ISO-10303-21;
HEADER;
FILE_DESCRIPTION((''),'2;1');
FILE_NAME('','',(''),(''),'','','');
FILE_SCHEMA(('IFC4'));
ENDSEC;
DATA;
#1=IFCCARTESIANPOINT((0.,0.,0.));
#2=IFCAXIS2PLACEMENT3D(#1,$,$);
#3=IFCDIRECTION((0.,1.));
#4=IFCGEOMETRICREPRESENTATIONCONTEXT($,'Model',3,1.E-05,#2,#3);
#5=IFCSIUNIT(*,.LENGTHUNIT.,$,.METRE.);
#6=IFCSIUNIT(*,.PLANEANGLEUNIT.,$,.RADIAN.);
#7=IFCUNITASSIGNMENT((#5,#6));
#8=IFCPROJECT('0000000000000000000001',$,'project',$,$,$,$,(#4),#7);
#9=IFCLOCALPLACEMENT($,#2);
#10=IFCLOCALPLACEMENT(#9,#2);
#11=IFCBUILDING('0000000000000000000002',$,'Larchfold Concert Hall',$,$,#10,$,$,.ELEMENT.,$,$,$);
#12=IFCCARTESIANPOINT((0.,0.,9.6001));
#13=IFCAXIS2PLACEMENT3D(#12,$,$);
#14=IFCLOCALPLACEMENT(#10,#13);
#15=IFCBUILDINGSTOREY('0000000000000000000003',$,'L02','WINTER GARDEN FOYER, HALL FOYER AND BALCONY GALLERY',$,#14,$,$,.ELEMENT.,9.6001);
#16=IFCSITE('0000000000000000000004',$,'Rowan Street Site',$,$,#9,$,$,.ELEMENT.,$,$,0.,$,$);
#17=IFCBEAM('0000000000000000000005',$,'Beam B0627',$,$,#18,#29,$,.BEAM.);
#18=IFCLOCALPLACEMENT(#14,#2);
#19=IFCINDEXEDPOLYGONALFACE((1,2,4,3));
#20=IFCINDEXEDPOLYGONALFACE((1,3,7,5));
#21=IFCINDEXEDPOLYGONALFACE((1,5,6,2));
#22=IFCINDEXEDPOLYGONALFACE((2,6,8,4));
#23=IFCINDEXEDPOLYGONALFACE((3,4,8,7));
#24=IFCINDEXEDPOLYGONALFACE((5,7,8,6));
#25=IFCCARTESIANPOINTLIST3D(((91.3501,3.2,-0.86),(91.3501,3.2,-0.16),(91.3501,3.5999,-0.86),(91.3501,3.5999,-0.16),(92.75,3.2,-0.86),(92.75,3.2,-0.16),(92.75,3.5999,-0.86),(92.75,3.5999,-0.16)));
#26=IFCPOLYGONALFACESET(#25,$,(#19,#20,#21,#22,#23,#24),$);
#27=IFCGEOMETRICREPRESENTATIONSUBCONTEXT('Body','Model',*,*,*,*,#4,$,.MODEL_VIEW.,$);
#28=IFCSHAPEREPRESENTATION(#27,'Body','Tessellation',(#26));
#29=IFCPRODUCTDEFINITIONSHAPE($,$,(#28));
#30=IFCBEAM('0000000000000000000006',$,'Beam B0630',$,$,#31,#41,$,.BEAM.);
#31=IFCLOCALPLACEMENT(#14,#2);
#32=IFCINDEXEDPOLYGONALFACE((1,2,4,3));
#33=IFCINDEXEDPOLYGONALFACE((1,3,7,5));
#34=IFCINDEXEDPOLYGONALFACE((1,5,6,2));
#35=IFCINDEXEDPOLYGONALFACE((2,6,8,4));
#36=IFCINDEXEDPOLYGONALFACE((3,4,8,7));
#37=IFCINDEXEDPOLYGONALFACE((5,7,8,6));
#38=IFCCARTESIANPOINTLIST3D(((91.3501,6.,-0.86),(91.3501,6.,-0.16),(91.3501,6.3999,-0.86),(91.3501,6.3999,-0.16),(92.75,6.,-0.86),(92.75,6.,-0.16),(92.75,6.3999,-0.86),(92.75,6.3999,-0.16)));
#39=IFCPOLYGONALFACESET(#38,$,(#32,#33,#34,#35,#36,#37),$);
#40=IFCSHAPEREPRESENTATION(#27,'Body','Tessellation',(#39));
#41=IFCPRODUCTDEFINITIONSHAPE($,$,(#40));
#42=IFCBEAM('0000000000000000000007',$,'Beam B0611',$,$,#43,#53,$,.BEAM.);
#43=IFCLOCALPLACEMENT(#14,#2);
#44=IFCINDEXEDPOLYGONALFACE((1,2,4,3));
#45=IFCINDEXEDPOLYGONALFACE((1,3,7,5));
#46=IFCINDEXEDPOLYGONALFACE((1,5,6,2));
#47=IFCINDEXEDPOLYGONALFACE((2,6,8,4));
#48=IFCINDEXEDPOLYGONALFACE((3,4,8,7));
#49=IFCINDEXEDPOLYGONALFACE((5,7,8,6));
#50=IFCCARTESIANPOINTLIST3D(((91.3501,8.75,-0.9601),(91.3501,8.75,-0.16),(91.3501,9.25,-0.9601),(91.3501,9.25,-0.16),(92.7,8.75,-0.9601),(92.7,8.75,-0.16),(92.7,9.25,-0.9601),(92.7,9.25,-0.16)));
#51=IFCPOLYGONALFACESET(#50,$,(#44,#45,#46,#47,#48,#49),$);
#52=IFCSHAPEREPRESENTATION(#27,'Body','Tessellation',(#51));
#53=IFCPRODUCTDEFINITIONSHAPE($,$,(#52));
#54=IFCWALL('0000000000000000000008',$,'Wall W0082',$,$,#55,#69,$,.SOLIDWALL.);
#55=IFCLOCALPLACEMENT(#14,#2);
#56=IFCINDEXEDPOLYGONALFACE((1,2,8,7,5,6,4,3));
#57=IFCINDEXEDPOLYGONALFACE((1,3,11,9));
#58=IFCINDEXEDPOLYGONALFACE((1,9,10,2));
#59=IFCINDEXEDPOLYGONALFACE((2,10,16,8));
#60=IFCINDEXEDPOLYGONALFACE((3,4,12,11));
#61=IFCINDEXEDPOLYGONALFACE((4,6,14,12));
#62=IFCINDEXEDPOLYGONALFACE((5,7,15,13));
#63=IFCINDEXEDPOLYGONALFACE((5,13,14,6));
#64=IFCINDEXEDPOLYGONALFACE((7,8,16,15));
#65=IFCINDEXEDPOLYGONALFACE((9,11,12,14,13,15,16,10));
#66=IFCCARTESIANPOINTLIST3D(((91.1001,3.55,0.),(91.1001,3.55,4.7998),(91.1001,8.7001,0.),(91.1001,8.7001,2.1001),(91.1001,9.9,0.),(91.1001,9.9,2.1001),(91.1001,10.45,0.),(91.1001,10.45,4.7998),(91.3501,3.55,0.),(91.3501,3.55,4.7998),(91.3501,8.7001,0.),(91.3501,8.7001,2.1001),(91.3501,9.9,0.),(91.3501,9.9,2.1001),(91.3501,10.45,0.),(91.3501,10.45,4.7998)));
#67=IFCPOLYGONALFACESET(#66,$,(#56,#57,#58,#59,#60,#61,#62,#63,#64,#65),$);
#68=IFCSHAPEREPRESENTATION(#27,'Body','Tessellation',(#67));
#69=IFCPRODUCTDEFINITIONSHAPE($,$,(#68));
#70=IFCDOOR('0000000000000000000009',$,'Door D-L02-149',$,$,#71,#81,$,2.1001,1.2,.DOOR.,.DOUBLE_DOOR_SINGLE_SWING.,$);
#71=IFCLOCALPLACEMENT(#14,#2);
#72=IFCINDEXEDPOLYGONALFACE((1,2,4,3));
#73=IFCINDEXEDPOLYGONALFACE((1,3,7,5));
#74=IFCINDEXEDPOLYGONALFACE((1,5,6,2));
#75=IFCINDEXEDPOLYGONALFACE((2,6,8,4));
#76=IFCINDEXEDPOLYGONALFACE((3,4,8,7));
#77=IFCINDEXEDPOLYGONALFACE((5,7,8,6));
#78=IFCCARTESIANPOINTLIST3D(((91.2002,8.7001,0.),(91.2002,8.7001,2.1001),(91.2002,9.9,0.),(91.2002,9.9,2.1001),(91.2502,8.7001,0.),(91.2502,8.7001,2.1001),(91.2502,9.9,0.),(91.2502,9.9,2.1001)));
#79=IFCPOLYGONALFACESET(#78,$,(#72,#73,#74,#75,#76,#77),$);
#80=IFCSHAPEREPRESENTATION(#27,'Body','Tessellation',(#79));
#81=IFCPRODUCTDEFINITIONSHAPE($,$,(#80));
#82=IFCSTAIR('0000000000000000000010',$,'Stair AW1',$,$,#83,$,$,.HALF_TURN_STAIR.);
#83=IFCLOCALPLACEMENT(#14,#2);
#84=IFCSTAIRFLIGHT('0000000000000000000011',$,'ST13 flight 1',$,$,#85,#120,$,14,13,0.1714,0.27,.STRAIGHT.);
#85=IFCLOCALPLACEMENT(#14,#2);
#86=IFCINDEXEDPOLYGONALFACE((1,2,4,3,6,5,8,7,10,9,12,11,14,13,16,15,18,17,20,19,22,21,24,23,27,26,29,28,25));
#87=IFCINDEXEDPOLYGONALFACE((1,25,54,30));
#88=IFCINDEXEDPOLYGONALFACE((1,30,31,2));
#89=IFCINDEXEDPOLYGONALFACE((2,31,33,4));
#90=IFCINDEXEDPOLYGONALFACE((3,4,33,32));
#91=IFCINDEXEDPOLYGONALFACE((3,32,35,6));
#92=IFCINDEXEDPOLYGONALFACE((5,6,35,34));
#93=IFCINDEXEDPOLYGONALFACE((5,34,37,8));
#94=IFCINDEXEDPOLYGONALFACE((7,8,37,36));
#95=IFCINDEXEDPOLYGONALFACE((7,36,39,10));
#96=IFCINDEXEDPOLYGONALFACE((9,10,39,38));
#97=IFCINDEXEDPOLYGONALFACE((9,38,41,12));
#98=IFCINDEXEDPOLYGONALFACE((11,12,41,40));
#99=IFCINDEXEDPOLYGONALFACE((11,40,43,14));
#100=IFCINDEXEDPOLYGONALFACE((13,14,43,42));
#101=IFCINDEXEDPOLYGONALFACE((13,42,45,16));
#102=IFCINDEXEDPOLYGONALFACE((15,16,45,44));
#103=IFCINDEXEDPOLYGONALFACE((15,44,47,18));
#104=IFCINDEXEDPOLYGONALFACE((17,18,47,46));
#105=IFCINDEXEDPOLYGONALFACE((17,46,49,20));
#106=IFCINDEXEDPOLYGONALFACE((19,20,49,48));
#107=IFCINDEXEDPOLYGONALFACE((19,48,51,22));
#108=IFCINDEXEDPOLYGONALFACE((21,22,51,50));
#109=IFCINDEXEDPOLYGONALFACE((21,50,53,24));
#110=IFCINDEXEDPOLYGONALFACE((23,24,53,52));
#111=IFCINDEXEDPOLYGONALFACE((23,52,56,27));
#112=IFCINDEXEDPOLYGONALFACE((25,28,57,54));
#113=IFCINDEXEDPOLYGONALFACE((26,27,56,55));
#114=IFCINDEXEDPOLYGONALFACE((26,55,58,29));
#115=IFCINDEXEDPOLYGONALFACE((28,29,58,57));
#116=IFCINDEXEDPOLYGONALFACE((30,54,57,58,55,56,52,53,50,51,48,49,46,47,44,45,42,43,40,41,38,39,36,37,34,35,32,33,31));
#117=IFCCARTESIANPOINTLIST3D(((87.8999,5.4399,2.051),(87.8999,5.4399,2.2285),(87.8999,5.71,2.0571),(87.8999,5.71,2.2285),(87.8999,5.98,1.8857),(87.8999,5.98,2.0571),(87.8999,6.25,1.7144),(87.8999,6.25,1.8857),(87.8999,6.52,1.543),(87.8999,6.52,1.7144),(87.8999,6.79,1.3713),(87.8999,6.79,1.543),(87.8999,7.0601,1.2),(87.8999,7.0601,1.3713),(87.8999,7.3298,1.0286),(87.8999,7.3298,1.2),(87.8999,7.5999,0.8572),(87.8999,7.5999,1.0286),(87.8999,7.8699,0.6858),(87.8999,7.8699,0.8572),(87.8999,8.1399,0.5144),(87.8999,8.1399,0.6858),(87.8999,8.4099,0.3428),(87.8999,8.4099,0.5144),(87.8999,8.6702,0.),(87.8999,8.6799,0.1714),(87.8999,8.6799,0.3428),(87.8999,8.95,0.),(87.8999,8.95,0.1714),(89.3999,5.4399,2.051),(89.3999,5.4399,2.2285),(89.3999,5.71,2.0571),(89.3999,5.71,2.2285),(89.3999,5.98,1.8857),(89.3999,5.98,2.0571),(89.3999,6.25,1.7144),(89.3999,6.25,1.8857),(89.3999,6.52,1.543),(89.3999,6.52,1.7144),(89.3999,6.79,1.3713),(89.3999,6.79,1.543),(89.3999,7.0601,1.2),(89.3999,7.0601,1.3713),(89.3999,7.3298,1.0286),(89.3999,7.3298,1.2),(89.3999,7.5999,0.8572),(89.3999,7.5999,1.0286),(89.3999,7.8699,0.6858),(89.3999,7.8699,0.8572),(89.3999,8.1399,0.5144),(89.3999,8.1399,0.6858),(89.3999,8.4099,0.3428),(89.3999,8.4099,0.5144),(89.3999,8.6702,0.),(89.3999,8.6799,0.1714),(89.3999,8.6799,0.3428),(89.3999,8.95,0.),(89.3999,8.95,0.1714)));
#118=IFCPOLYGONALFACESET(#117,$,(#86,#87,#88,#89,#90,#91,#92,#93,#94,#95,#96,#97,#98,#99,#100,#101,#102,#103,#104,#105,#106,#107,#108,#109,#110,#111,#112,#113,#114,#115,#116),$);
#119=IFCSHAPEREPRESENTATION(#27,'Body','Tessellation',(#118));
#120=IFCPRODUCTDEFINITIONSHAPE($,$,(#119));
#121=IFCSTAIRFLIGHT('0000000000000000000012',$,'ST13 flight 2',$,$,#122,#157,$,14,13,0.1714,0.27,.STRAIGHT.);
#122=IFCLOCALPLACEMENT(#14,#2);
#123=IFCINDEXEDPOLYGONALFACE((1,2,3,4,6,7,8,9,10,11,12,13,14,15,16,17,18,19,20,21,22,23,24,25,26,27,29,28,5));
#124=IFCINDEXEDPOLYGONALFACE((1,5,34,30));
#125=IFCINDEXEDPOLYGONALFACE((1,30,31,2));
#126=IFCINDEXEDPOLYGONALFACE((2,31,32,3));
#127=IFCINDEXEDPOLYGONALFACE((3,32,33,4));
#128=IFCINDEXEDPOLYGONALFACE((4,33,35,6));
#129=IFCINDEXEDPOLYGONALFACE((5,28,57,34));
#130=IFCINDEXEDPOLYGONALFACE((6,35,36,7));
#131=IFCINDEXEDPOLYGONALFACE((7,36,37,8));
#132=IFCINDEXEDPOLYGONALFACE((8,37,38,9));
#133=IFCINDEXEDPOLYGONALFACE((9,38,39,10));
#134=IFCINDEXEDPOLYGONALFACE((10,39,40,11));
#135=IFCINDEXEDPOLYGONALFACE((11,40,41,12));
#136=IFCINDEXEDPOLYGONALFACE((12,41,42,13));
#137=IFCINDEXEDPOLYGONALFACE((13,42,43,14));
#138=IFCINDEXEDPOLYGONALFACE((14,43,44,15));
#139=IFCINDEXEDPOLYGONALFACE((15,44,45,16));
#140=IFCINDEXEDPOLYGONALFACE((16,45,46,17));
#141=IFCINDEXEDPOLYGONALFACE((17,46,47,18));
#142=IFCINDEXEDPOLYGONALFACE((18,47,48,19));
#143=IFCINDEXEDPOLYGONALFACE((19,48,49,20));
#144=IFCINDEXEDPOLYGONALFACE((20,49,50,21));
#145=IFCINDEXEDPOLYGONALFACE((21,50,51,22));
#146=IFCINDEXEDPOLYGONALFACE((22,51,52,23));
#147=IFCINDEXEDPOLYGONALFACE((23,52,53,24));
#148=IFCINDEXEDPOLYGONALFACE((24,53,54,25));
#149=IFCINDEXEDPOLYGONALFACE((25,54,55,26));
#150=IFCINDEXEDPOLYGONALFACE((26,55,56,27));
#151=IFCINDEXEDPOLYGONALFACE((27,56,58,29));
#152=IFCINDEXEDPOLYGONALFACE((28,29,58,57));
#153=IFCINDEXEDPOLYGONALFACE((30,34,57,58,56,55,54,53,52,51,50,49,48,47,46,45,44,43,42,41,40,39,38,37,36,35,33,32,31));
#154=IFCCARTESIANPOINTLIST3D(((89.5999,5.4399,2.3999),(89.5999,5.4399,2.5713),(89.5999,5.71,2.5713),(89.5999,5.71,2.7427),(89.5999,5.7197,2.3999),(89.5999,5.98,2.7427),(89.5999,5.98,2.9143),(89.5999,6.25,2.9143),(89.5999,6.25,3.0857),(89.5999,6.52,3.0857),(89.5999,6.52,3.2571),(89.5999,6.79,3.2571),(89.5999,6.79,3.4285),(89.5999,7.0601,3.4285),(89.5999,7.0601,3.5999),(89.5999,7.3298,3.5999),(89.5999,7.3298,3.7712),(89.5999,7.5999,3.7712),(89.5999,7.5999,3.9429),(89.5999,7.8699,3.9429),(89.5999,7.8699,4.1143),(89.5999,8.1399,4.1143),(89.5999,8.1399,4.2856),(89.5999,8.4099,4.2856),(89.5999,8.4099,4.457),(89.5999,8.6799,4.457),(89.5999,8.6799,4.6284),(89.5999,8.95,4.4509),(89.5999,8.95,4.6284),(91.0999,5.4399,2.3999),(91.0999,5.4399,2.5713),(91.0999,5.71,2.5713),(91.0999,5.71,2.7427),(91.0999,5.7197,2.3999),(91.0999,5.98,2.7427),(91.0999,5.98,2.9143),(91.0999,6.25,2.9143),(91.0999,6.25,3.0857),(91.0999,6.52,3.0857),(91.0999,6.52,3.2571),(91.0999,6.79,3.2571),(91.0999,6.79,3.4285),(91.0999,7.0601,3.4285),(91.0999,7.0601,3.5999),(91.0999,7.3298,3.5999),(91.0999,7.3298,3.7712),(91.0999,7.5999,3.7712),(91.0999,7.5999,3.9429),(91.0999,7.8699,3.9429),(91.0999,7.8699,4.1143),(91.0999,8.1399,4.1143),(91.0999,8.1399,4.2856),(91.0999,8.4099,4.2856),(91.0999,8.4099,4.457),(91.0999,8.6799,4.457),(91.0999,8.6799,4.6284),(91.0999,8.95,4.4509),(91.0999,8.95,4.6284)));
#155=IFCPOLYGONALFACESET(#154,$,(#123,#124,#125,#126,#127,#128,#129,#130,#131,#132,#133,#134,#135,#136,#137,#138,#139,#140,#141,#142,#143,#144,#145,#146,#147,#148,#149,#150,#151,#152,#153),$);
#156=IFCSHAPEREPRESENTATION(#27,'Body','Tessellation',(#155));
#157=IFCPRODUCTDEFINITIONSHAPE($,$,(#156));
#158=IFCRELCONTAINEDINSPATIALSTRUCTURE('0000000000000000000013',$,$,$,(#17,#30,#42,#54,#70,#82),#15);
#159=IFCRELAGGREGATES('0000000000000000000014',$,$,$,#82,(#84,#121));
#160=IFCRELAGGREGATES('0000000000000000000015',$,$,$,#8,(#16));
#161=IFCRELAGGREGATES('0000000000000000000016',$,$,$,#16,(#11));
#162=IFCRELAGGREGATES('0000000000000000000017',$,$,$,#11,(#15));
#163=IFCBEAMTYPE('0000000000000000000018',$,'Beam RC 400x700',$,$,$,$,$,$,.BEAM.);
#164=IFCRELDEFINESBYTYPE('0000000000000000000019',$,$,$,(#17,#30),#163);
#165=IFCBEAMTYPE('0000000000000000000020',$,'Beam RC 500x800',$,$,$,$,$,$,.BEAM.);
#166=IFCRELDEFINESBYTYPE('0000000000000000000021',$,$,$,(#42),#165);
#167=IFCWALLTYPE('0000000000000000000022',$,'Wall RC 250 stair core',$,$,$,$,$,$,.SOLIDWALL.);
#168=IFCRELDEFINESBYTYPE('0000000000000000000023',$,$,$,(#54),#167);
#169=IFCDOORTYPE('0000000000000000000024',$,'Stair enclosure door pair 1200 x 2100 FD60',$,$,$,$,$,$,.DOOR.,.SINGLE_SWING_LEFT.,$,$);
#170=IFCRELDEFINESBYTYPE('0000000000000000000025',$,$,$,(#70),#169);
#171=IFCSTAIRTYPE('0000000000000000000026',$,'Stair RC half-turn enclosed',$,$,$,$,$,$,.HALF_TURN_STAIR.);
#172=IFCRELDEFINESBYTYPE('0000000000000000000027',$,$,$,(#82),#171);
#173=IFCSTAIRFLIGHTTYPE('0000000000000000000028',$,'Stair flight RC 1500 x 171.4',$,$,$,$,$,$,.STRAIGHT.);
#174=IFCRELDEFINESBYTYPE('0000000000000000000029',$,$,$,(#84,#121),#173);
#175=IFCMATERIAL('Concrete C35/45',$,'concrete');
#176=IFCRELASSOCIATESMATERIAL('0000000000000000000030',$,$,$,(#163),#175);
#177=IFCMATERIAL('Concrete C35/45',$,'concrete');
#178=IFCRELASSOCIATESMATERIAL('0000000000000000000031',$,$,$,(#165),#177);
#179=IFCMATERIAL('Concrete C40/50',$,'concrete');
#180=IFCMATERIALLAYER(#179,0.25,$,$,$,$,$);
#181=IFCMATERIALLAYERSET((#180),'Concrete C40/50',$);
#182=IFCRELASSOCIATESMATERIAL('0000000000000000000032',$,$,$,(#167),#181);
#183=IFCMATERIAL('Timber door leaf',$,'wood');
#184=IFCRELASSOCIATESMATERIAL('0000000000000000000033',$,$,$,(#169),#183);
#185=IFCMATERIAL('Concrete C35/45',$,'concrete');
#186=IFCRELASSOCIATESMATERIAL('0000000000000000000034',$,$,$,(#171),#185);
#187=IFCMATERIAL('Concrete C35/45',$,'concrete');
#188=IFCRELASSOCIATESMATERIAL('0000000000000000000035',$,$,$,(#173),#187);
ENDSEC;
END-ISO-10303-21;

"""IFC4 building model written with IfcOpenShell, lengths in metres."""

from ifc_helpers import new_model, si_unit, direction, frame, frame_2d, origin, origin_2d, place, context, subcontext, project, spatial, polyline, rectangle, outline, extrude, material, layer, layer_set, material_profile, profile_set, type_object, element, fill, aggregate, save


model = new_model("IFC4")

# Units and contexts
model_context = context("Model", 3, precision=1e-05, world=origin(), true_north=direction((0.0, 1.0)))
body_context = subcontext(model_context, "Body", "Model", "MODEL_VIEW")
ifc_project = project(units=[si_unit("LENGTHUNIT", "METRE"), si_unit("PLANEANGLEUNIT", "RADIAN")], contexts=[model_context])

# Site, building, storey
site_placement = place(None, origin())
site = spatial("IfcSite", under=ifc_project, at=site_placement, Name="Rowan Street Site", CompositionType="ELEMENT", RefElevation=0.0)
building_placement = place(site_placement, origin())
building = spatial("IfcBuilding", under=site, at=building_placement, Name="Larchfold Concert Hall", CompositionType="ELEMENT")
storey_placement = place(building_placement, frame((0.0, 0.0, 9.6001)))
storey = spatial("IfcBuildingStorey", under=building, at=storey_placement, Name="L02", Description="WINTER GARDEN FOYER, HALL FOYER AND BALCONY GALLERY", CompositionType="ELEMENT", Elevation=9.6001)

# Beams
ifc_material_1 = material(Name="Concrete C35/45", Category="concrete")
ifc_material_profile_1 = material_profile(ifc_material_1, rectangle(XDim=0.3999, YDim=0.7, at=origin_2d()))
ifc_profile_set_1 = profile_set([ifc_material_profile_1], Name="Concrete C35/45")
beam_type_1 = type_object("IfcBeamType", Name="Beam RC 400x700", PredefinedType="BEAM", material=ifc_profile_set_1)
for number, where, z_axis, x_axis, name in (
    (1, (91.3501, 3.3999, -0.51), (1.0, 0.0, 0.0), (0.0, 1.0, 0.0), "Beam B0627"),
    (2, (91.3501, 6.2, -0.51), (1.0, 0.0, 0.0), (0.0, 1.0, 0.0), "Beam B0630"),
):
    element("IfcBeam", number, at=place(storey_placement, frame(where, z_axis=z_axis, x_axis=x_axis)), inside=storey, type_object=beam_type_1, Name=name, PredefinedType="BEAM", context=body_context, shape_type="SweptSolid", body=[
        extrude(rectangle(XDim=0.3999, YDim=0.7, at=origin_2d()), origin(), (0.0, 0.0, 1.0), 1.3999),
    ])
ifc_material_2 = material(Name="Concrete C35/45", Category="concrete")
ifc_material_profile_2 = material_profile(ifc_material_2, rectangle(XDim=0.5, YDim=0.8, at=origin_2d()))
ifc_profile_set_2 = profile_set([ifc_material_profile_2], Name="Concrete C35/45")
beam_type_2 = type_object("IfcBeamType", Name="Beam RC 500x800", PredefinedType="BEAM", material=ifc_profile_set_2)
beam_placement = place(storey_placement, frame((91.3501, 9.0, -0.5601), z_axis=(1.0, 0.0, 0.0), x_axis=(0.0, 1.0, 0.0)))
element("IfcBeam", 3, at=beam_placement, inside=storey, type_object=beam_type_2, Name="Beam B0611", PredefinedType="BEAM", context=body_context, shape_type="SweptSolid", body=[
    extrude(rectangle(XDim=0.5, YDim=0.8, at=origin_2d()), origin(), (0.0, 0.0, 1.0), 1.3499),
])

# Wall, opening, door
ifc_material_3 = material(Name="Concrete C40/50", Category="concrete")
ifc_layer = layer(ifc_material_3, 0.25)
ifc_layer_set = layer_set([ifc_layer], Name="Concrete C40/50")
wall_type = type_object("IfcWallType", Name="Wall RC 250 stair core", PredefinedType="SOLIDWALL", material=ifc_layer_set)
wall_placement = place(storey_placement, frame((91.2251, 3.55, 0.0), z_axis=(0.0, 0.0, 1.0), x_axis=(0.0, 1.0, 0.0)))
wall = element("IfcWall", 4, at=wall_placement, inside=storey, type_object=wall_type, Name="Wall W0082", PredefinedType="SOLIDWALL", context=body_context, shape_type="SweptSolid", body=[
    extrude(rectangle(XDim=6.8999, YDim=0.25, at=frame_2d((3.45, 0.0))), origin(), (0.0, 0.0, 1.0), 4.7998),
])
opening_placement = place(wall_placement, frame((5.1499, 0.0, 0.0)))
opening = element("IfcOpeningElement", 5, at=opening_placement, cuts=wall, PredefinedType="OPENING", context=body_context, shape_type="SweptSolid", body=[
    extrude(rectangle(XDim=1.2, YDim=2.1001, at=frame_2d((0.6001, 1.05))), frame((0.0, 0.135, 0.0), z_axis=(0.0, -1.0, 0.0), x_axis=(1.0, 0.0, 0.0)), (0.0, 0.0, 1.0), 0.27),
])
ifc_material_4 = material(Name="Timber door leaf", Category="wood")
door_type = type_object("IfcDoorType", Name="Stair enclosure door pair 1200 x 2100 FD60", OperationType="SINGLE_SWING_LEFT", PredefinedType="DOOR", material=ifc_material_4)
door_placement = place(opening_placement, origin())
door = element("IfcDoor", 6, at=door_placement, inside=storey, type_object=door_type, Name="Door D-L02-149", OperationType="DOUBLE_DOOR_SINGLE_SWING", OverallHeight=2.1001, OverallWidth=1.2, PredefinedType="DOOR", context=body_context, shape_type="SweptSolid", body=[
    extrude(rectangle(XDim=1.2, YDim=2.1001, at=frame_2d((0.6001, 1.05))), frame((0.0, 0.0249, 0.0), z_axis=(0.0, -1.0, 0.0), x_axis=(1.0, 0.0, 0.0)), (0.0, 0.0, 1.0), 0.05),
])
fill(opening, door)

# Stair, stair flights
ifc_material_5 = material(Name="Concrete C35/45", Category="concrete")
stair_type = type_object("IfcStairType", Name="Stair RC half-turn enclosed", PredefinedType="HALF_TURN_STAIR", material=ifc_material_5)
stair_placement = place(storey_placement, origin())
stair = element("IfcStair", 7, at=stair_placement, inside=storey, type_object=stair_type, Name="Stair AW1", PredefinedType="HALF_TURN_STAIR")
ifc_material_6 = material(Name="Concrete C35/45", Category="concrete")
stair_flight_type = type_object("IfcStairFlightType", Name="Stair flight RC 1500 x 171.4", PredefinedType="STRAIGHT", material=ifc_material_6)
stair_flight_1_placement = place(storey_placement, frame((88.6499, 8.95, 0.0), z_axis=(0.0, 0.0, 1.0), x_axis=(0.0, -1.0, 0.0)))
stair_flight_1 = element("IfcStairFlight", 8, at=stair_flight_1_placement, type_object=stair_flight_type, Name="ST13 flight 1", NumberOfRisers=14, NumberOfTreads=13, PredefinedType="STRAIGHT", RiserHeight=0.1714, TreadLength=0.27, context=body_context, shape_type="SweptSolid", body=[
    extrude(outline(polyline([(0.0, 0.0), (0.0, 0.1714), (0.27, 0.1714), (0.27, 0.3428), (0.54, 0.3428), (0.54, 0.5144), (0.8101, 0.5144), (0.8101, 0.6858), (1.0801, 0.6858), (1.0801, 0.8572), (1.3501, 0.8572), (1.3501, 1.0286), (1.6201, 1.0286), (1.6201, 1.2), (1.8899, 1.2), (1.8899, 1.3713), (2.1599, 1.3713), (2.1599, 1.543), (2.4299, 1.543), (2.4299, 1.7144), (2.7, 1.7144), (2.7, 1.8857), (2.97, 1.8857), (2.97, 2.0571), (3.24, 2.0571), (3.24, 2.2285), (3.51, 2.2285), (3.51, 2.3999), (3.51, 2.051), (0.2798, 0.0), (0.0, 0.0)])), frame((0.0, 0.75, 0.0), z_axis=(0.0, -1.0, 0.0), x_axis=(1.0, 0.0, 0.0)), (0.0, 0.0, 1.0), 1.5),
])
stair_flight_2_placement = place(storey_placement, frame((90.3499, 5.4399, 2.3999), z_axis=(0.0, 0.0, 1.0), x_axis=(0.0, 1.0, 0.0)))
stair_flight_2 = element("IfcStairFlight", 9, at=stair_flight_2_placement, type_object=stair_flight_type, Name="ST13 flight 2", NumberOfRisers=14, NumberOfTreads=13, PredefinedType="STRAIGHT", RiserHeight=0.1714, TreadLength=0.27, context=body_context, shape_type="SweptSolid", body=[
    extrude(outline(polyline([(0.0, 0.0), (0.0, 0.1714), (0.27, 0.1714), (0.27, 0.3428), (0.54, 0.3428), (0.54, 0.5144), (0.8101, 0.5144), (0.8101, 0.6858), (1.0801, 0.6858), (1.0801, 0.8572), (1.3501, 0.8572), (1.3501, 1.0286), (1.6201, 1.0286), (1.6201, 1.2), (1.8899, 1.2), (1.8899, 1.3713), (2.1599, 1.3713), (2.1599, 1.543), (2.4299, 1.543), (2.4299, 1.7144), (2.7, 1.7144), (2.7, 1.8857), (2.97, 1.8857), (2.97, 2.0571), (3.24, 2.0571), (3.24, 2.2285), (3.51, 2.2285), (3.51, 2.3999), (3.51, 2.051), (0.2798, 0.0), (0.0, 0.0)])), frame((0.0, 0.75, 0.0), z_axis=(0.0, -1.0, 0.0), x_axis=(1.0, 0.0, 0.0)), (0.0, 0.0, 1.0), 1.5),
])
aggregate(stair, [stair_flight_1, stair_flight_2])

save(model, "model.ifc")
